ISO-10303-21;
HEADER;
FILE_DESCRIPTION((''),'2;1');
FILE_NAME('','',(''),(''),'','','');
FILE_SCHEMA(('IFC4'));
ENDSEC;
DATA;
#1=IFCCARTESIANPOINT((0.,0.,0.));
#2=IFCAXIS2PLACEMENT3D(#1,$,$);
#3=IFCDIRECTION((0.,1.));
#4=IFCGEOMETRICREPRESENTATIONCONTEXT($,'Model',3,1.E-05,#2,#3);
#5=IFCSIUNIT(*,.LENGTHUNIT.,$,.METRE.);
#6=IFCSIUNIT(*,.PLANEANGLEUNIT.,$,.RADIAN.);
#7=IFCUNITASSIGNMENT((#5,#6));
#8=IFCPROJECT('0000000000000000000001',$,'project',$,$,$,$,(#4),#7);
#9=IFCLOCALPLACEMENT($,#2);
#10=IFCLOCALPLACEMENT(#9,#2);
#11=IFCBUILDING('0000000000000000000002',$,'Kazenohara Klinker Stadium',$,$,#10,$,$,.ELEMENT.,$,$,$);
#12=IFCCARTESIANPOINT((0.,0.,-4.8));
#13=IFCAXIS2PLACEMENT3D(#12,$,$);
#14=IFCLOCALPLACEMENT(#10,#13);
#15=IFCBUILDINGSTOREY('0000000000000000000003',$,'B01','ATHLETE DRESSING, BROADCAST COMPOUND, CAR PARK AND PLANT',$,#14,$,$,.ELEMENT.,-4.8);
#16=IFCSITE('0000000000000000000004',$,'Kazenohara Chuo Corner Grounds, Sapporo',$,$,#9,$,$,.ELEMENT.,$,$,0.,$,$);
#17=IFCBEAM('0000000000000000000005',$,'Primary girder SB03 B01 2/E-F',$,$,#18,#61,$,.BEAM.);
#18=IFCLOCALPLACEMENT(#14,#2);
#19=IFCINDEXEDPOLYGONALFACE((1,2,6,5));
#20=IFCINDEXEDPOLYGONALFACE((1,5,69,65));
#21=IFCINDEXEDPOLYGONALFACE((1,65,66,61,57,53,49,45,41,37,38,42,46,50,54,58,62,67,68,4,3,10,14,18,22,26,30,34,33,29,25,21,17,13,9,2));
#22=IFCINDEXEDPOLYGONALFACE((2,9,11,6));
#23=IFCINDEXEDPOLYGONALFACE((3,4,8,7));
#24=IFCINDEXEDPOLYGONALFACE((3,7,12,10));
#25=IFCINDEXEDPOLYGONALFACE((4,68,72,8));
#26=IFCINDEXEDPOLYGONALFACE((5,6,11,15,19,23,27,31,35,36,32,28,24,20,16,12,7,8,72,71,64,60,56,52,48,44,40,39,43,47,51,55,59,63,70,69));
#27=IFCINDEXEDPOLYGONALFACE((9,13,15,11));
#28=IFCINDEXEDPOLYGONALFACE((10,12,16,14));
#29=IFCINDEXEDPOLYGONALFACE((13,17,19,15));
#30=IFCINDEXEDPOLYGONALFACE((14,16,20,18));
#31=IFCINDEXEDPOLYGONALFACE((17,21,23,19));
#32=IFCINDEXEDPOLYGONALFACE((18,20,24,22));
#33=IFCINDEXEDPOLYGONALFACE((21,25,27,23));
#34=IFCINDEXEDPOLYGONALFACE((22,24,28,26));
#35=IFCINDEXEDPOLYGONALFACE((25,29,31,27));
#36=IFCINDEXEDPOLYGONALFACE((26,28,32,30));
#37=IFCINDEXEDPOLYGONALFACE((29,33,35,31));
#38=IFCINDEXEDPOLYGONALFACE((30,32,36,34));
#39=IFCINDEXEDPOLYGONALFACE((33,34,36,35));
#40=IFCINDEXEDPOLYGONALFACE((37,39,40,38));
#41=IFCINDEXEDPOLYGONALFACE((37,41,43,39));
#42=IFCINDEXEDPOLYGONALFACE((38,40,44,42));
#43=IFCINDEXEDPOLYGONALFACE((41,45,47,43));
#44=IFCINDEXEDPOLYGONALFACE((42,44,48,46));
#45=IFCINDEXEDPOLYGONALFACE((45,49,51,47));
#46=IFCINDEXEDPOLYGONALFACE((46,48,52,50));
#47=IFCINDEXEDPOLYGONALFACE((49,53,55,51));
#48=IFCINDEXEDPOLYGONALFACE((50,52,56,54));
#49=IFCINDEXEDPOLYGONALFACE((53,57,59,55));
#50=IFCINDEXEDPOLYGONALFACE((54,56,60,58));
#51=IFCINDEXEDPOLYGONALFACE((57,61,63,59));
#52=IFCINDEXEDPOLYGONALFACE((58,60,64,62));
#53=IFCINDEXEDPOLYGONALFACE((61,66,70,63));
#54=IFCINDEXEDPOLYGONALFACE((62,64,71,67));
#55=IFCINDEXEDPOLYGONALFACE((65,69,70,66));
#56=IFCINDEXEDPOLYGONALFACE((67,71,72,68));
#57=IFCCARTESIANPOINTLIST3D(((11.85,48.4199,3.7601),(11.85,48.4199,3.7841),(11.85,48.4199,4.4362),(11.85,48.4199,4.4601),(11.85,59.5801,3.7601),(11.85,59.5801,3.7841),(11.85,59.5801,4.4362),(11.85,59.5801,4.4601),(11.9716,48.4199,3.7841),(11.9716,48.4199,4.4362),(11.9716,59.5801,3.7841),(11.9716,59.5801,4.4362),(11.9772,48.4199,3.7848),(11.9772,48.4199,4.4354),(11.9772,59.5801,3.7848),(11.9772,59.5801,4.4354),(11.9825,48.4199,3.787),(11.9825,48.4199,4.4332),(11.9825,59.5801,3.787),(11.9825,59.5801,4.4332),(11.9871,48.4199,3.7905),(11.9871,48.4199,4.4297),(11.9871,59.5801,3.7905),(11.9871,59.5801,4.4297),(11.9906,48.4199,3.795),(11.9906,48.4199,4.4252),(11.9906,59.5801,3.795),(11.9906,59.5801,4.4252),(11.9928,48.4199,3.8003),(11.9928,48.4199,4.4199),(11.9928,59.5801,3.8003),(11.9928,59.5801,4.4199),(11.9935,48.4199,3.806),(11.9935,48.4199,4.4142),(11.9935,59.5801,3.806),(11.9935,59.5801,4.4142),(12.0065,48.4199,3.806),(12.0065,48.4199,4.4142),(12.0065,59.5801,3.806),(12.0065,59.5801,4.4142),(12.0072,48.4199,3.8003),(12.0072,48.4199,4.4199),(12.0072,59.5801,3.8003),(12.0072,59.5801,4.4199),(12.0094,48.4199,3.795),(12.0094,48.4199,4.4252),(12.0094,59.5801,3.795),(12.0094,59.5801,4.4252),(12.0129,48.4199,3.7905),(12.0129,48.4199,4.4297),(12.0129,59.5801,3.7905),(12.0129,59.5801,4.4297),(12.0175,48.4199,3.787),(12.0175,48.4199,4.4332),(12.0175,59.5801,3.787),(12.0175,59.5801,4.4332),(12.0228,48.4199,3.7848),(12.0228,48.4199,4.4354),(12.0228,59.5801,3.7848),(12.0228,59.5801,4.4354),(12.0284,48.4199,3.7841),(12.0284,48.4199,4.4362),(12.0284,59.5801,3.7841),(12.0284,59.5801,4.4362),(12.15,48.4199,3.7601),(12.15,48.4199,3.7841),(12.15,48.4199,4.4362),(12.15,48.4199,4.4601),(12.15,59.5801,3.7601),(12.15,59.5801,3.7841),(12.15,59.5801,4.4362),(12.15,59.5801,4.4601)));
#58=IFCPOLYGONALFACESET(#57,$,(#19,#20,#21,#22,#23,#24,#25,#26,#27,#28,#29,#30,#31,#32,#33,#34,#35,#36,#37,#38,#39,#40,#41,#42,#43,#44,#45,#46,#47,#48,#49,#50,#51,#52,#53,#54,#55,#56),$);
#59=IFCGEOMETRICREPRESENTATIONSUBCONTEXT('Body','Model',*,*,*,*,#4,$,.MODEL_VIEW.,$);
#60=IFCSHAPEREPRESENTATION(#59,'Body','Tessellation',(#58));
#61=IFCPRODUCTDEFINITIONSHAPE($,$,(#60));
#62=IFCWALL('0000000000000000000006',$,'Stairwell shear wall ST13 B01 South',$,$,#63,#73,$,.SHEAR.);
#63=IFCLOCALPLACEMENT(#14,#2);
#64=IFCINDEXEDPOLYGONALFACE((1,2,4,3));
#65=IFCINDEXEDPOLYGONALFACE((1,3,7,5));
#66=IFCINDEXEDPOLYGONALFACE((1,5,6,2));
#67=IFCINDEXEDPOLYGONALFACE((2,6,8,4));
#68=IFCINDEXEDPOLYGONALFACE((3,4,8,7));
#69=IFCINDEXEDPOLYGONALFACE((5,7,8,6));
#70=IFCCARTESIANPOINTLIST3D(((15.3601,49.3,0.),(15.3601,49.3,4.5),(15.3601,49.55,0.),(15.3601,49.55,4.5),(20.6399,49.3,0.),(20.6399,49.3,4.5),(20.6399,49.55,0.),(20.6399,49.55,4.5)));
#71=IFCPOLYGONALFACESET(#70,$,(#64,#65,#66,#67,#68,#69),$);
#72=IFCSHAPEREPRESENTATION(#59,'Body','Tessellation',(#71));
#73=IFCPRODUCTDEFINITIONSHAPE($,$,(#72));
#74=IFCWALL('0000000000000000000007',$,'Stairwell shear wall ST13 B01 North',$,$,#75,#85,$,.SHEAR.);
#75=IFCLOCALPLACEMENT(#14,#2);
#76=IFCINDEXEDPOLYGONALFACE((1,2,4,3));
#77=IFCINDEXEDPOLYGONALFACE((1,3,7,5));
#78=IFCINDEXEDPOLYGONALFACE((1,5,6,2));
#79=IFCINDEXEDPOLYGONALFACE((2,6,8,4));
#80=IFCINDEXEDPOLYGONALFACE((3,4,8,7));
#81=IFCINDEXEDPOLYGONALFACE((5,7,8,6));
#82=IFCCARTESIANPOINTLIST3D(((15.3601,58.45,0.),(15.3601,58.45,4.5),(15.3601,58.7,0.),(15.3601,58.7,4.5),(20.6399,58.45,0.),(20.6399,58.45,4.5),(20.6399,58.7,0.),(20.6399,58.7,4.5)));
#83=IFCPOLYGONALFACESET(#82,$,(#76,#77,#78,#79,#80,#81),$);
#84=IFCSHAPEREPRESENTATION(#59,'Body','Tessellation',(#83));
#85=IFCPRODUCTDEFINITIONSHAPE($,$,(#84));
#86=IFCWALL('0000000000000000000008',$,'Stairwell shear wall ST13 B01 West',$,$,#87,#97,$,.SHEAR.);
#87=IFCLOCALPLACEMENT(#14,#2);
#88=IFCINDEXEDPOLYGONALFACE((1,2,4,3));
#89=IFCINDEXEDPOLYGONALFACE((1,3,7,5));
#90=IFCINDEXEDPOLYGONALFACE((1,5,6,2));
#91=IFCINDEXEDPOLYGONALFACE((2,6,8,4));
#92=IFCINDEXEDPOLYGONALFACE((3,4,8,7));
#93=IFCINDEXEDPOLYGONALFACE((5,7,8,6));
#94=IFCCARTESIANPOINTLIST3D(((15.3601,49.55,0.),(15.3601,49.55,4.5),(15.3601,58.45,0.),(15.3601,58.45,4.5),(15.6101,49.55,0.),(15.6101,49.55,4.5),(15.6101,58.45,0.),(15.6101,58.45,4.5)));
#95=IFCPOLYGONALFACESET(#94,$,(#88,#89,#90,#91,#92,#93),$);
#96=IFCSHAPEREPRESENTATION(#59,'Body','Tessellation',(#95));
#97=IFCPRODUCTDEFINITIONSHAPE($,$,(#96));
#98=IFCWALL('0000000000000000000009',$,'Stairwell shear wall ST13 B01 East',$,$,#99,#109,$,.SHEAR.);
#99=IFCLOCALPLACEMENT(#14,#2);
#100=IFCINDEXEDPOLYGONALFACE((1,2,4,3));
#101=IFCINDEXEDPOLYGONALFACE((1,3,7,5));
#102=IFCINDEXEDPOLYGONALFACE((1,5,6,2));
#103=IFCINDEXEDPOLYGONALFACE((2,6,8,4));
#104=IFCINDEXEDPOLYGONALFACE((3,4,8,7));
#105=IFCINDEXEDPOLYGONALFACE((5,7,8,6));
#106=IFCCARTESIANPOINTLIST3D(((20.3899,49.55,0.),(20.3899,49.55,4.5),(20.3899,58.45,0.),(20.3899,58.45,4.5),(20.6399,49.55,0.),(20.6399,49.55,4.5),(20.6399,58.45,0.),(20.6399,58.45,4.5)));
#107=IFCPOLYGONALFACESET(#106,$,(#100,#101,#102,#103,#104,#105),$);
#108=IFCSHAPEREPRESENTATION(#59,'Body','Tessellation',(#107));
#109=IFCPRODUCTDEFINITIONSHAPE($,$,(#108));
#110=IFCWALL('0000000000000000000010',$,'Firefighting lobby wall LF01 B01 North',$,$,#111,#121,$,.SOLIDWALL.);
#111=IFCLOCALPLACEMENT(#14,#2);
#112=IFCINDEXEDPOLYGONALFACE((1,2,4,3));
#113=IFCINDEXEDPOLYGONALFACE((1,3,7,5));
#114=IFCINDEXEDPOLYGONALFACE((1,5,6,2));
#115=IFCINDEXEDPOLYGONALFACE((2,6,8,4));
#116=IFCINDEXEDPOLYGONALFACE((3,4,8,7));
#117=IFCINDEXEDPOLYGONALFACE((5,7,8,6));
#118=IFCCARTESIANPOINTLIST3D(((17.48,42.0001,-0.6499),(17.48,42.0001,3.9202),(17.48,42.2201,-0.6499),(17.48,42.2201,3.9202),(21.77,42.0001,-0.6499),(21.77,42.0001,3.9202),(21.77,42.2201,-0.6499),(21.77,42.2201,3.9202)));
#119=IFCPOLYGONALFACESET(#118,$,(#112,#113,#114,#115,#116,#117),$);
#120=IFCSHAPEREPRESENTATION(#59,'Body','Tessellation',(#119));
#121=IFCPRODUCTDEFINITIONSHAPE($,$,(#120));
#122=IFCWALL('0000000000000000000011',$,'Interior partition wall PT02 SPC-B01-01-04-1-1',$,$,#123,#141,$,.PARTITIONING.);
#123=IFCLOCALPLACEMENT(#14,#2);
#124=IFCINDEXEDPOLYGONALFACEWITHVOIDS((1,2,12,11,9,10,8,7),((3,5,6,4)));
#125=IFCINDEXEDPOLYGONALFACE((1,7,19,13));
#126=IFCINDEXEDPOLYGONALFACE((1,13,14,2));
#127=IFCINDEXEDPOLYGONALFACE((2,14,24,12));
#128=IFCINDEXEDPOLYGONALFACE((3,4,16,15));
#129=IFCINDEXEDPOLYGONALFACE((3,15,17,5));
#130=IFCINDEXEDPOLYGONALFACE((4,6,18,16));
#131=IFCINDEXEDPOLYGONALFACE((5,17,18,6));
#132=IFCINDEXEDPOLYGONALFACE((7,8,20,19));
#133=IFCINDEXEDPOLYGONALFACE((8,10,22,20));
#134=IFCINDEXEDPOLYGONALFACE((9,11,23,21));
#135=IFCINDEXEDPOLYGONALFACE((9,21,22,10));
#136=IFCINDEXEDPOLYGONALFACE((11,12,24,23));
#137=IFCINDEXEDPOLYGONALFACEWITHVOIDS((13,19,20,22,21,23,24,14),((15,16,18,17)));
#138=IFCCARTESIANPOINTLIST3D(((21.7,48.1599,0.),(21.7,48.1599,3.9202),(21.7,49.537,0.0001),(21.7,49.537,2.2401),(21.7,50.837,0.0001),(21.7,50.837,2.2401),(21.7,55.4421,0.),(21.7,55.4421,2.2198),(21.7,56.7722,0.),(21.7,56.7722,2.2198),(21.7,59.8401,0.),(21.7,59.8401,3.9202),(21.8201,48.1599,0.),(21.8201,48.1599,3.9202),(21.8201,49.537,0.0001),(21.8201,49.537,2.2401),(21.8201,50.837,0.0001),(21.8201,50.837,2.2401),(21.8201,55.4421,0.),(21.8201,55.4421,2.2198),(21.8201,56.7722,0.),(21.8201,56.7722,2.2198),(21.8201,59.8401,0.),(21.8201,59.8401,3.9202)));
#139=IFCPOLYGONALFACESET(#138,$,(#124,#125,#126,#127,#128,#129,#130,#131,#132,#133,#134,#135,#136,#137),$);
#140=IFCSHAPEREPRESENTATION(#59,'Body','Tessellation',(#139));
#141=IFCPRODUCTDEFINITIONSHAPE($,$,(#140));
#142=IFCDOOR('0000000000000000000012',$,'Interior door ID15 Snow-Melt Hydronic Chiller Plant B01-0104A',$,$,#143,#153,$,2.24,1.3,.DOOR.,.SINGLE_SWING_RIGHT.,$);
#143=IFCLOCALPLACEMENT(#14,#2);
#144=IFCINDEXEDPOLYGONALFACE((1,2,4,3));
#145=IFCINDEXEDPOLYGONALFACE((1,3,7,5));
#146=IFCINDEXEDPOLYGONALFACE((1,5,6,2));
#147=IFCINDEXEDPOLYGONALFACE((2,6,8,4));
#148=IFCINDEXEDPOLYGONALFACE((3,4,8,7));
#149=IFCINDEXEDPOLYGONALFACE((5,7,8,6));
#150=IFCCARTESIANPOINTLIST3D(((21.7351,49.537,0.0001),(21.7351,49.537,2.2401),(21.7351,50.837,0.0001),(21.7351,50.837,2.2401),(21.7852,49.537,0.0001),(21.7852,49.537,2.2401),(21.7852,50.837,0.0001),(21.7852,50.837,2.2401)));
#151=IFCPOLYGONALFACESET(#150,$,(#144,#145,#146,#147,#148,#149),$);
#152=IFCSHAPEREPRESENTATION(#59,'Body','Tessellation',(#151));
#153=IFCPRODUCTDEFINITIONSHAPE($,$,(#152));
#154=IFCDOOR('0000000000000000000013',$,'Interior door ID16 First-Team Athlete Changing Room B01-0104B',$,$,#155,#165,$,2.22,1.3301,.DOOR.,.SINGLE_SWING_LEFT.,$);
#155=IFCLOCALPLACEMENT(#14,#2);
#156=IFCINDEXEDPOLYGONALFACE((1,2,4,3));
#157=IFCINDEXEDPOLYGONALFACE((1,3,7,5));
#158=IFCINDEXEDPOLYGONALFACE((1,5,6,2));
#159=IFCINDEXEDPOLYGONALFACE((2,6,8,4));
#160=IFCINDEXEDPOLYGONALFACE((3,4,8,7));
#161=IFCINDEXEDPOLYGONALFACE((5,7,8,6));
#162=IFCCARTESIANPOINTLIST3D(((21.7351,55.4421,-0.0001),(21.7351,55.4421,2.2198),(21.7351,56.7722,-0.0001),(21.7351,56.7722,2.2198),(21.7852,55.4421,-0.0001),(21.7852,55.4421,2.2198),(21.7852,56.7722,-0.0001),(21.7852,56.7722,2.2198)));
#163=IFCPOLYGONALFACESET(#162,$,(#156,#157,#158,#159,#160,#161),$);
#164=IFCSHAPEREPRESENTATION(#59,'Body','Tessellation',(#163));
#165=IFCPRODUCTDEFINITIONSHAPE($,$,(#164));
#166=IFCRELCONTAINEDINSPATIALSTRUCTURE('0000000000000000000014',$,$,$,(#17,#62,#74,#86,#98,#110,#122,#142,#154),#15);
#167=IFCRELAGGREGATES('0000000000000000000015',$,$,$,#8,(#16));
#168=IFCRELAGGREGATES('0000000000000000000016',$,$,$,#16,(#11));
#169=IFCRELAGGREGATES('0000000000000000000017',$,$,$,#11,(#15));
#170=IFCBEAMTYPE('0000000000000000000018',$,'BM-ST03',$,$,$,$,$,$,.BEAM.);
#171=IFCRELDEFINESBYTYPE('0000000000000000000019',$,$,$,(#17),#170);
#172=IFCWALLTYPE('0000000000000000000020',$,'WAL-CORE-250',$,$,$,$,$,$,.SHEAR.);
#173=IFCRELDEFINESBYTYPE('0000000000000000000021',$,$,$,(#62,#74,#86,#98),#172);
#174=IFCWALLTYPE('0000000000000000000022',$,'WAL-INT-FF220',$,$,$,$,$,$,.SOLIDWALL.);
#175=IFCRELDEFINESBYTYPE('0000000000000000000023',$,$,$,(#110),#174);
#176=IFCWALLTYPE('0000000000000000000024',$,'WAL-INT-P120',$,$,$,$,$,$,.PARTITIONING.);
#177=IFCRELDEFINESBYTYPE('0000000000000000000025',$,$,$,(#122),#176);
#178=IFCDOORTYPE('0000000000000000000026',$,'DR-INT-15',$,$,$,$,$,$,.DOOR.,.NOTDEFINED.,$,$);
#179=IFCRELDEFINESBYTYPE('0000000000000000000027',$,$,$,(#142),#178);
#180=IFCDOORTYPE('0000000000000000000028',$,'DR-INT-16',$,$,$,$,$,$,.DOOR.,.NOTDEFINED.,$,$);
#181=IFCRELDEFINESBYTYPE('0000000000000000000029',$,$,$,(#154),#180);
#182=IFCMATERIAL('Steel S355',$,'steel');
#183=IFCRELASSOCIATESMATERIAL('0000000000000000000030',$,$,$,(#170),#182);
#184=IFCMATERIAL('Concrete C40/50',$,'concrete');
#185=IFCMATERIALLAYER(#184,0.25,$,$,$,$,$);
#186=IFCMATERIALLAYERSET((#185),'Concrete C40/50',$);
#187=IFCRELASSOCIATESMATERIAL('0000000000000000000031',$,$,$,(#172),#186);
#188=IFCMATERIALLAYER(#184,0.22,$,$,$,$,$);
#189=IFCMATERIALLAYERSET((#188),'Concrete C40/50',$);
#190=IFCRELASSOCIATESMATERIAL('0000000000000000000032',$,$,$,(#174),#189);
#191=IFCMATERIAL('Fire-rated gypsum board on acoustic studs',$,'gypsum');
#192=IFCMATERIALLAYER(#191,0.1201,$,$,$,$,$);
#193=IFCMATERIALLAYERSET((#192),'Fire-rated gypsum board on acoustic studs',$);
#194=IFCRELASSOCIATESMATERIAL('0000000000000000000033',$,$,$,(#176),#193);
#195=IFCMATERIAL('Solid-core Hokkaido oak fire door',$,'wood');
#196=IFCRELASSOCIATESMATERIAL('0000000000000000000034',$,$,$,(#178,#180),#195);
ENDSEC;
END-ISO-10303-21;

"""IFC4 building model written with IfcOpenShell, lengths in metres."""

from ifc_helpers import new_model, si_unit, direction, frame, frame_2d, origin, origin_2d, place, context, subcontext, project, spatial, rectangle, i_section, extrude, material, layer, layer_set, material_profile, profile_set, type_object, element, fill, save


model = new_model("IFC4")

# Units and contexts
model_context = context("Model", 3, precision=1e-05, world=origin(), true_north=direction((0.0, 1.0)))
body_context = subcontext(model_context, "Body", "Model", "MODEL_VIEW")
ifc_project = project(units=[si_unit("LENGTHUNIT", "METRE"), si_unit("PLANEANGLEUNIT", "RADIAN")], contexts=[model_context])

# Site, building, storey
site_placement = place(None, origin())
site = spatial("IfcSite", under=ifc_project, at=site_placement, Name="Kazenohara Chuo Corner Grounds, Sapporo", CompositionType="ELEMENT", RefElevation=0.0)
building_placement = place(site_placement, origin())
building = spatial("IfcBuilding", under=site, at=building_placement, Name="Kazenohara Klinker Stadium", CompositionType="ELEMENT")
storey_placement = place(building_placement, frame((0.0, 0.0, -4.8)))
storey = spatial("IfcBuildingStorey", under=building, at=storey_placement, Name="B01", Description="ATHLETE DRESSING, BROADCAST COMPOUND, CAR PARK AND PLANT", CompositionType="ELEMENT", Elevation=-4.8)

# Shared definitions
ifc_material_1 = material(Name="Concrete C40/50", Category="concrete")

# Beam
ifc_material_2 = material(Name="Steel S355", Category="steel")
ifc_material_profile_1 = material_profile(ifc_material_2, i_section(OverallWidth=0.3, OverallDepth=0.7, WebThickness=0.0129, FlangeThickness=0.0239, FilletRadius=0.022, at=origin_2d()), Name="H-700x300x13x24")
ifc_profile_set_1 = profile_set([ifc_material_profile_1], Name="Steel S355")
beam_type_1 = type_object("IfcBeamType", Name="BM-ST03", PredefinedType="BEAM", material=ifc_profile_set_1)
beam_1_placement = place(storey_placement, frame((12.0, 48.4199, 4.1101), z_axis=(0.0, 1.0, 0.0), x_axis=(-1.0, 0.0, 0.0)))
element("IfcBeam", 1, at=beam_1_placement, inside=storey, type_object=beam_type_1, Name="Primary girder SB03 B01 2/E-F", PredefinedType="BEAM", context=body_context, shape_type="SweptSolid", body=[
    extrude(i_section(OverallWidth=0.3, OverallDepth=0.7, WebThickness=0.0129, FlangeThickness=0.0239, FilletRadius=0.022, at=origin_2d()), origin(), (0.0, 0.0, 1.0), 11.1602),
])

# Walls
ifc_layer_1 = layer(ifc_material_1, 0.25)
ifc_layer_set_1 = layer_set([ifc_layer_1], Name="Concrete C40/50")
wall_type_1 = type_object("IfcWallType", Name="WAL-CORE-250", PredefinedType="SHEAR", material=ifc_layer_set_1)
for number, where, z_axis, x_axis, name in (
    (2, (15.3601, 49.425, 0.0), (0.0, 0.0, 1.0), (1.0, 0.0, 0.0), "Stairwell shear wall ST13 B01 South"),
    (3, (15.3601, 58.575, 0.0), (0.0, 0.0, 1.0), (1.0, 0.0, 0.0), "Stairwell shear wall ST13 B01 North"),
):
    element("IfcWall", number, at=place(storey_placement, frame(where, z_axis=z_axis, x_axis=x_axis)), inside=storey, type_object=wall_type_1, Name=name, PredefinedType="SHEAR", context=body_context, shape_type="SweptSolid", body=[
        extrude(rectangle(XDim=5.2798, YDim=0.25, at=frame_2d((2.6399, 0.0))), origin(), (0.0, 0.0, 1.0), 4.5),
    ])
for number, where, z_axis, x_axis, name in (
    (4, (15.4851, 49.55, 0.0), (0.0, 0.0, 1.0), (0.0, 1.0, 0.0), "Stairwell shear wall ST13 B01 West"),
    (5, (20.5149, 49.55, 0.0), (0.0, 0.0, 1.0), (0.0, 1.0, 0.0), "Stairwell shear wall ST13 B01 East"),
):
    element("IfcWall", number, at=place(storey_placement, frame(where, z_axis=z_axis, x_axis=x_axis)), inside=storey, type_object=wall_type_1, Name=name, PredefinedType="SHEAR", context=body_context, shape_type="SweptSolid", body=[
        extrude(rectangle(XDim=8.8999, YDim=0.25, at=frame_2d((4.45, 0.0))), origin(), (0.0, 0.0, 1.0), 4.5),
    ])
ifc_layer_2 = layer(ifc_material_1, 0.22)
ifc_layer_set_2 = layer_set([ifc_layer_2], Name="Concrete C40/50")
wall_type_2 = type_object("IfcWallType", Name="WAL-INT-FF220", PredefinedType="SOLIDWALL", material=ifc_layer_set_2)
wall_1_placement = place(storey_placement, frame((17.48, 42.1101, -0.6499), z_axis=(0.0, 0.0, 1.0), x_axis=(1.0, 0.0, 0.0)))
element("IfcWall", 6, at=wall_1_placement, inside=storey, type_object=wall_type_2, Name="Firefighting lobby wall LF01 B01 North", PredefinedType="SOLIDWALL", context=body_context, shape_type="SweptSolid", body=[
    extrude(rectangle(XDim=4.29, YDim=0.22, at=frame_2d((2.145, 0.0))), origin(), (0.0, 0.0, 1.0), 4.5701),
])

# Wall, openings, doors
ifc_material_3 = material(Name="Fire-rated gypsum board on acoustic studs", Category="gypsum")
ifc_layer_3 = layer(ifc_material_3, 0.1201)
ifc_layer_set_3 = layer_set([ifc_layer_3], Name="Fire-rated gypsum board on acoustic studs")
wall_type_3 = type_object("IfcWallType", Name="WAL-INT-P120", PredefinedType="PARTITIONING", material=ifc_layer_set_3)
wall_2_placement = place(storey_placement, frame((21.76, 48.1599, 0.0), z_axis=(0.0, 0.0, 1.0), x_axis=(0.0, 1.0, 0.0)))
wall_2 = element("IfcWall", 7, at=wall_2_placement, inside=storey, type_object=wall_type_3, Name="Interior partition wall PT02 SPC-B01-01-04-1-1", PredefinedType="PARTITIONING", context=body_context, shape_type="SweptSolid", body=[
    extrude(rectangle(XDim=11.6802, YDim=0.1201, at=frame_2d((5.8401, 0.0))), origin(), (0.0, 0.0, 1.0), 3.9202),
])
opening_1_placement = place(wall_2_placement, frame((1.3772, 0.0, 0.0)))
opening_1 = element("IfcOpeningElement", 8, at=opening_1_placement, cuts=wall_2, PredefinedType="OPENING", context=body_context, shape_type="SweptSolid", body=[
    extrude(rectangle(XDim=1.3, YDim=2.24, at=frame_2d((0.6499, 1.1201))), frame((0.0, 0.0701, 0.0), z_axis=(0.0, -1.0, 0.0), x_axis=(1.0, 0.0, 0.0)), (0.0, 0.0, 1.0), 0.1401),
])
opening_2_placement = place(wall_2_placement, frame((7.2822, 0.0, 0.0)))
opening_2 = element("IfcOpeningElement", 9, at=opening_2_placement, cuts=wall_2, PredefinedType="OPENING", context=body_context, shape_type="SweptSolid", body=[
    extrude(rectangle(XDim=1.3301, YDim=2.22, at=frame_2d((0.665, 1.1099))), frame((0.0, 0.0701, 0.0), z_axis=(0.0, -1.0, 0.0), x_axis=(1.0, 0.0, 0.0)), (0.0, 0.0, 1.0), 0.1401),
])
ifc_material_4 = material(Name="Solid-core Hokkaido oak fire door", Category="wood")
door_type_1 = type_object("IfcDoorType", Name="DR-INT-15", OperationType="NOTDEFINED", PredefinedType="DOOR", material=ifc_material_4)
door_1_placement = place(opening_1_placement, origin())
door_1 = element("IfcDoor", 10, at=door_1_placement, inside=storey, type_object=door_type_1, Name="Interior door ID15 Snow-Melt Hydronic Chiller Plant B01-0104A", OperationType="SINGLE_SWING_RIGHT", OverallHeight=2.24, OverallWidth=1.3, PredefinedType="DOOR", context=body_context, shape_type="SweptSolid", body=[
    extrude(rectangle(XDim=1.3, YDim=2.24, at=frame_2d((0.6499, 1.1201))), frame((0.0, 0.0249, 0.0), z_axis=(0.0, -1.0, 0.0), x_axis=(1.0, 0.0, 0.0)), (0.0, 0.0, 1.0), 0.05),
])
fill(opening_1, door_1)
door_type_2 = type_object("IfcDoorType", Name="DR-INT-16", OperationType="NOTDEFINED", PredefinedType="DOOR", material=ifc_material_4)
door_2_placement = place(opening_2_placement, origin())
door_2 = element("IfcDoor", 11, at=door_2_placement, inside=storey, type_object=door_type_2, Name="Interior door ID16 First-Team Athlete Changing Room B01-0104B", OperationType="SINGLE_SWING_LEFT", OverallHeight=2.22, OverallWidth=1.3301, PredefinedType="DOOR", context=body_context, shape_type="SweptSolid", body=[
    extrude(rectangle(XDim=1.3301, YDim=2.22, at=frame_2d((0.665, 1.1099))), frame((0.0, 0.0249, 0.0), z_axis=(0.0, -1.0, 0.0), x_axis=(1.0, 0.0, 0.0)), (0.0, 0.0, 1.0), 0.05),
])
fill(opening_2, door_2)

save(model, "model.ifc")
